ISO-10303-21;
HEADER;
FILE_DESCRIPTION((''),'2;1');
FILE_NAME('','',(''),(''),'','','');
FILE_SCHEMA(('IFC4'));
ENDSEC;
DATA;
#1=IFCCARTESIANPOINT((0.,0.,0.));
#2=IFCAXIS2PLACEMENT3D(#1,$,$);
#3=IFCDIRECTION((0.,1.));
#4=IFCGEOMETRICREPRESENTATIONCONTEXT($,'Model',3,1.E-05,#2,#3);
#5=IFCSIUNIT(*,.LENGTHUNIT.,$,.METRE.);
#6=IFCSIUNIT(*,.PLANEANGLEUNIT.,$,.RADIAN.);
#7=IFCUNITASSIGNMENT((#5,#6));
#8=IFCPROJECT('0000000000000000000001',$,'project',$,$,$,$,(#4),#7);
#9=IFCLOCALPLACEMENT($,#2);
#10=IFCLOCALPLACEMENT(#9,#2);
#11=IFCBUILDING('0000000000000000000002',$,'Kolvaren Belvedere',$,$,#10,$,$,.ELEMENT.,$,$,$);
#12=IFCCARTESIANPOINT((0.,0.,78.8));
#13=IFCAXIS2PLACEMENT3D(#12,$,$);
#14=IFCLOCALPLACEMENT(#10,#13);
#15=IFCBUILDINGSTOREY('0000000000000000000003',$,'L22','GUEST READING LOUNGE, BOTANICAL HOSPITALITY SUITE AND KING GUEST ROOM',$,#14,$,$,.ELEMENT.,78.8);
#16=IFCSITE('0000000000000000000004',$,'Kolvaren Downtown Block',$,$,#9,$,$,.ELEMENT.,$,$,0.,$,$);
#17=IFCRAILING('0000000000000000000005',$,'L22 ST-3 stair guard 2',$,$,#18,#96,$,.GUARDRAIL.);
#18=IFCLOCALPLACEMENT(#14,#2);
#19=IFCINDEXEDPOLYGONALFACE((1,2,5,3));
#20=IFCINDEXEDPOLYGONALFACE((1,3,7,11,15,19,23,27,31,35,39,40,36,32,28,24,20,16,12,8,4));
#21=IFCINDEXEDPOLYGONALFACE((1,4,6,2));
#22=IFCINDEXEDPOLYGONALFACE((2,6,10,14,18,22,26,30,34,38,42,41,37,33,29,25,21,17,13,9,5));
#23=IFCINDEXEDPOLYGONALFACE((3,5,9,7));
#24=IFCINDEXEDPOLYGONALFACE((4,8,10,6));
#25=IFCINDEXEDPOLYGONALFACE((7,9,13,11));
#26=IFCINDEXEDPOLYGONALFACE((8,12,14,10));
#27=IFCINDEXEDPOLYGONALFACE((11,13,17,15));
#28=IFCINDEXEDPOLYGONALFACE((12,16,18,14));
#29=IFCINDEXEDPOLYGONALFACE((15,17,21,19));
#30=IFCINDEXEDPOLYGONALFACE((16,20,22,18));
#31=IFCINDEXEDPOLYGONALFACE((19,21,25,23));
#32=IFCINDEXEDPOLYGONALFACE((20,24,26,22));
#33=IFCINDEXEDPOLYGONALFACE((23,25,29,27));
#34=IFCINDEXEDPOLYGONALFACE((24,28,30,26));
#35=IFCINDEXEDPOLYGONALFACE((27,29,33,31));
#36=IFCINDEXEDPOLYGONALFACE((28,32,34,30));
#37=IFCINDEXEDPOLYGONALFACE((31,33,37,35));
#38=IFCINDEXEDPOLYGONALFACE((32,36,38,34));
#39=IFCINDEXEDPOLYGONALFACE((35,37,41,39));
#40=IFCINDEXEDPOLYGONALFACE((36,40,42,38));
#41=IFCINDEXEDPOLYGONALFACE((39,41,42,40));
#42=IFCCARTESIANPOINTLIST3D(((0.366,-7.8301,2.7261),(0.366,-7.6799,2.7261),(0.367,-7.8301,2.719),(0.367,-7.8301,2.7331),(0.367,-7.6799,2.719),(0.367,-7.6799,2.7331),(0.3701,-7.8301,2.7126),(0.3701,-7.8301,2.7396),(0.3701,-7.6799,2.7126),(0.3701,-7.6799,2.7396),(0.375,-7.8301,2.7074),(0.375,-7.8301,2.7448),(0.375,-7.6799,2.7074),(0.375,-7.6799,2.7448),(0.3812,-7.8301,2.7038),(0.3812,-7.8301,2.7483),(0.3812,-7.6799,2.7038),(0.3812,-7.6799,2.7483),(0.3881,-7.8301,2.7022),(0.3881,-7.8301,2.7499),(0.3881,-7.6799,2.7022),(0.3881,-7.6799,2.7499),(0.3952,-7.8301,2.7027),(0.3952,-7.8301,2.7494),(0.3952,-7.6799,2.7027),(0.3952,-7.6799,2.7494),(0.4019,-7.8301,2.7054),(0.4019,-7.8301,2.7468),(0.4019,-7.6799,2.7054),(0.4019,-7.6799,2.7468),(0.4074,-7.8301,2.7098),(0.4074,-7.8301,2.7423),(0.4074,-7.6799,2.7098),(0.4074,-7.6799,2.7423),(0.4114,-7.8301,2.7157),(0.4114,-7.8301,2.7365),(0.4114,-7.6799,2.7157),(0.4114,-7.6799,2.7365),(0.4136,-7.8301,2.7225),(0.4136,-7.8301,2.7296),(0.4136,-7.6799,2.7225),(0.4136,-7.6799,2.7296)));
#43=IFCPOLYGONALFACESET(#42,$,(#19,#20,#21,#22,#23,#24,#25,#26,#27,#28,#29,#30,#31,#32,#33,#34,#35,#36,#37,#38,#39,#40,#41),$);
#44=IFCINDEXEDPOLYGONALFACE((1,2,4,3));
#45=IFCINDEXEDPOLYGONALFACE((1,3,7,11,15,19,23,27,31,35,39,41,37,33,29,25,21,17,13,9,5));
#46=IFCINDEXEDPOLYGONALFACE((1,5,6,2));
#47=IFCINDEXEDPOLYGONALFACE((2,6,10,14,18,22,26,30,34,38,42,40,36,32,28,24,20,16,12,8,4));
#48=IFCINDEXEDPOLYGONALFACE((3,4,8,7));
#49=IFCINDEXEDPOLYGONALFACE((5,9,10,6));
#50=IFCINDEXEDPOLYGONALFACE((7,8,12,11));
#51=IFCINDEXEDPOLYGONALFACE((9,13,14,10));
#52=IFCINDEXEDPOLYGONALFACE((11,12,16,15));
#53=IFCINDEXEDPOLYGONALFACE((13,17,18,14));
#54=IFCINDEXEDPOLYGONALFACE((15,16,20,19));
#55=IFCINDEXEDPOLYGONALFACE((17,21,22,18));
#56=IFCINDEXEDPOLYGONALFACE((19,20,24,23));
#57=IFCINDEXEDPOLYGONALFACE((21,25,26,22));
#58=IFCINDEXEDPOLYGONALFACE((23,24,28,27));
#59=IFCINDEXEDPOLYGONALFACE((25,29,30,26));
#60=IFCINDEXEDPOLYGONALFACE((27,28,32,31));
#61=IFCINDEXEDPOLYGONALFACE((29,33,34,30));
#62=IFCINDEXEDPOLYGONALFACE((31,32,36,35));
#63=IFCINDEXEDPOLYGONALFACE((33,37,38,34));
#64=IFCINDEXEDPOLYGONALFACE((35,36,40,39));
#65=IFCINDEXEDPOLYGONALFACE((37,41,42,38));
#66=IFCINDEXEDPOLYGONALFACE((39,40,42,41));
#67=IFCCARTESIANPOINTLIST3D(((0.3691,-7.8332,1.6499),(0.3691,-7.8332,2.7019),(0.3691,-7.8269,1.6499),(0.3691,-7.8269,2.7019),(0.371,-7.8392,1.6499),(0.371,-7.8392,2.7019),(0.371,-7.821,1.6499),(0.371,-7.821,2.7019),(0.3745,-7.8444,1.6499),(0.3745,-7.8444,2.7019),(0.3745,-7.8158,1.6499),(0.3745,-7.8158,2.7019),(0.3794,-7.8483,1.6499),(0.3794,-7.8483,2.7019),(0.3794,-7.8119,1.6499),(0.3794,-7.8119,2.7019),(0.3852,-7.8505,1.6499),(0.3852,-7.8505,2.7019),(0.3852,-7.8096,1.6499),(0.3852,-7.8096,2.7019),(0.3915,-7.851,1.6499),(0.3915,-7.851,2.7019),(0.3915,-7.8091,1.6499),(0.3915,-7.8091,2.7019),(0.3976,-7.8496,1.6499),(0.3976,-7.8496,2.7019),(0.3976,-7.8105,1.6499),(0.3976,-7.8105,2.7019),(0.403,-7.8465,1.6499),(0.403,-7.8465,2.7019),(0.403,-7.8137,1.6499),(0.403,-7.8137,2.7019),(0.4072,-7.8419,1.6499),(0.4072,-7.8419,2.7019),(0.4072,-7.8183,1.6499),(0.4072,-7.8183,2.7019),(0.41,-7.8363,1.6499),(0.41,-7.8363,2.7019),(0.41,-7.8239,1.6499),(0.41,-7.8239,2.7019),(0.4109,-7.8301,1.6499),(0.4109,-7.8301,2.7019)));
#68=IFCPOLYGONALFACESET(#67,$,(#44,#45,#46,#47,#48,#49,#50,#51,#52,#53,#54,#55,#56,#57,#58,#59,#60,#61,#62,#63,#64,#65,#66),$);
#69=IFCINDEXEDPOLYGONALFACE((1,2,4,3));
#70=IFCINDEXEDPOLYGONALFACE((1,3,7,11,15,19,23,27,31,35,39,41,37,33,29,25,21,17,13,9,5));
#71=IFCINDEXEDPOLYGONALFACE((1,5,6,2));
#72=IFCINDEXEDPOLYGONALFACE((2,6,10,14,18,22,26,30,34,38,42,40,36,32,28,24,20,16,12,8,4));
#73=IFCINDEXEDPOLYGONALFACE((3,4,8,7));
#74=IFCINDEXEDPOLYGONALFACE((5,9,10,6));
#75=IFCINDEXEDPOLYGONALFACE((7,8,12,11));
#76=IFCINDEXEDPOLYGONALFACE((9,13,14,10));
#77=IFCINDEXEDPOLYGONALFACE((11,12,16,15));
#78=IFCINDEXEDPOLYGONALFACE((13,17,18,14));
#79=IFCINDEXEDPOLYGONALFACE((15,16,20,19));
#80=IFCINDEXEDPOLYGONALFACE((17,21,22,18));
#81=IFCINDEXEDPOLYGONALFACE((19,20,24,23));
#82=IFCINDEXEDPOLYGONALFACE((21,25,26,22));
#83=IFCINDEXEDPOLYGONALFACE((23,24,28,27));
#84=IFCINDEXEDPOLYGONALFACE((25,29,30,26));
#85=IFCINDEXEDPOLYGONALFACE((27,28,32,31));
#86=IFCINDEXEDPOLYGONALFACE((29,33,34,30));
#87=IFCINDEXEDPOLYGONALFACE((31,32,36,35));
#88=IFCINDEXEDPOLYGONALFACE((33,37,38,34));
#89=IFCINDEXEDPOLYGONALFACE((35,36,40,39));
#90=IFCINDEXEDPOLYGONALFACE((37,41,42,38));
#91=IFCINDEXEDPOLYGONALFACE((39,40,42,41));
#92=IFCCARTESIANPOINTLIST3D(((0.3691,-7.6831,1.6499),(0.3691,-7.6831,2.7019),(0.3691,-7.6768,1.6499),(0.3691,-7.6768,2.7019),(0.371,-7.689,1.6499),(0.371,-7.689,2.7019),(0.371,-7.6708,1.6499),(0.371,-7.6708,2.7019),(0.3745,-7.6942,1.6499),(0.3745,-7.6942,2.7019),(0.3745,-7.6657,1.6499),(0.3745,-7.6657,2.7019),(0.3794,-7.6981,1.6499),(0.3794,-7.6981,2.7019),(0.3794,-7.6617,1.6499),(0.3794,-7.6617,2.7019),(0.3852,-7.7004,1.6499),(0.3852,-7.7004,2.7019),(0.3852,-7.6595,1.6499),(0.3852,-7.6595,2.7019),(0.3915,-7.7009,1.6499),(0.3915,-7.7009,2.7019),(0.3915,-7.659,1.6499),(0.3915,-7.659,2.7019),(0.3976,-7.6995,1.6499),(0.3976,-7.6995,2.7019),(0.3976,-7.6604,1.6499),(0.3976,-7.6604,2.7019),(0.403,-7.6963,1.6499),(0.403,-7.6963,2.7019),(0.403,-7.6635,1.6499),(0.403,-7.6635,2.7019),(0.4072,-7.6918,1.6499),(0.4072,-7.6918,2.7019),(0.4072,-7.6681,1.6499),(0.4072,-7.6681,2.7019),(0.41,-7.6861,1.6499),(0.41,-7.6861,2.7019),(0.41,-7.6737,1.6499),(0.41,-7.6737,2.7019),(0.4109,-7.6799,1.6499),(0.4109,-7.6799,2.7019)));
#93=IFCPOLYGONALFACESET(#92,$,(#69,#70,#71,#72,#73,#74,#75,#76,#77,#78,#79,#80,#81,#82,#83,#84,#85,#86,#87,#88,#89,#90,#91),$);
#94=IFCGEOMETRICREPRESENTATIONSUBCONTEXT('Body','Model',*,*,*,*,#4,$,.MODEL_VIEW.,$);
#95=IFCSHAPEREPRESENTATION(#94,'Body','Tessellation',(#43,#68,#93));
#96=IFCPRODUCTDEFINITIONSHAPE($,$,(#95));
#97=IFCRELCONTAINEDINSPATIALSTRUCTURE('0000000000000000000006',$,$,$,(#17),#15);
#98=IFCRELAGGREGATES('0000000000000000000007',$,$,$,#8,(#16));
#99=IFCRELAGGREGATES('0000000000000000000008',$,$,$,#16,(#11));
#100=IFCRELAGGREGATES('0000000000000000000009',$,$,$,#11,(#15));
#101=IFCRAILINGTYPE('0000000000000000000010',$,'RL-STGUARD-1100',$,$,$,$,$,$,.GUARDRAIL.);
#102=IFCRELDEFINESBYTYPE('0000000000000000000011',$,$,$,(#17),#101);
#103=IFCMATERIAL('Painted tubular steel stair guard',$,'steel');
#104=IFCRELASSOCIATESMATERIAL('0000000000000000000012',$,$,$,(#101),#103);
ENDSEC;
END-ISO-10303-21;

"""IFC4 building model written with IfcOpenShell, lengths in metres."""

from ifc_helpers import new_model, si_unit, direction, frame, origin, origin_2d, place, context, subcontext, project, spatial, circle, extrude, material, type_object, element, save


model = new_model("IFC4")

# Units and contexts
model_context = context("Model", 3, precision=1e-05, world=origin(), true_north=direction((0.0, 1.0)))
body_context = subcontext(model_context, "Body", "Model", "MODEL_VIEW")
ifc_project = project(units=[si_unit("LENGTHUNIT", "METRE"), si_unit("PLANEANGLEUNIT", "RADIAN")], contexts=[model_context])

# Site, building, storey
site_placement = place(None, origin())
site = spatial("IfcSite", under=ifc_project, at=site_placement, Name="Kolvaren Downtown Block", CompositionType="ELEMENT", RefElevation=0.0)
building_placement = place(site_placement, origin())
building = spatial("IfcBuilding", under=site, at=building_placement, Name="Kolvaren Belvedere", CompositionType="ELEMENT")
storey_placement = place(building_placement, frame((0.0, 0.0, 78.8)))
storey = spatial("IfcBuildingStorey", under=building, at=storey_placement, Name="L22", Description="GUEST READING LOUNGE, BOTANICAL HOSPITALITY SUITE AND KING GUEST ROOM", CompositionType="ELEMENT", Elevation=78.8)

# Railing
ifc_material_1 = material(Name="Painted tubular steel stair guard", Category="steel")
railing_type_1 = type_object("IfcRailingType", Name="RL-STGUARD-1100", PredefinedType="GUARDRAIL", material=ifc_material_1)
railing_1_placement = place(storey_placement, frame((0.3899, -7.8301, 1.6499)))
element("IfcRailing", 1, at=railing_1_placement, inside=storey, type_object=railing_type_1, Name="L22 ST-3 stair guard 2", PredefinedType="GUARDRAIL", context=body_context, shape_type="SweptSolid", body=[
    extrude(circle(Radius=0.0239, at=origin_2d()), frame((0.0, 0.0, 1.0762), z_axis=(0.0, 1.0, 0.0), x_axis=(-1.0, 0.0, 0.0)), (0.0, 0.0, 1.0), 0.1501),
    extrude(circle(Radius=0.021, at=origin_2d()), origin(), (0.0, 0.0, 1.0), 1.052),
    extrude(circle(Radius=0.021, at=origin_2d()), frame((0.0, 0.1501, 0.0)), (0.0, 0.0, 1.0), 1.052),
])

save(model, "model.ifc")
